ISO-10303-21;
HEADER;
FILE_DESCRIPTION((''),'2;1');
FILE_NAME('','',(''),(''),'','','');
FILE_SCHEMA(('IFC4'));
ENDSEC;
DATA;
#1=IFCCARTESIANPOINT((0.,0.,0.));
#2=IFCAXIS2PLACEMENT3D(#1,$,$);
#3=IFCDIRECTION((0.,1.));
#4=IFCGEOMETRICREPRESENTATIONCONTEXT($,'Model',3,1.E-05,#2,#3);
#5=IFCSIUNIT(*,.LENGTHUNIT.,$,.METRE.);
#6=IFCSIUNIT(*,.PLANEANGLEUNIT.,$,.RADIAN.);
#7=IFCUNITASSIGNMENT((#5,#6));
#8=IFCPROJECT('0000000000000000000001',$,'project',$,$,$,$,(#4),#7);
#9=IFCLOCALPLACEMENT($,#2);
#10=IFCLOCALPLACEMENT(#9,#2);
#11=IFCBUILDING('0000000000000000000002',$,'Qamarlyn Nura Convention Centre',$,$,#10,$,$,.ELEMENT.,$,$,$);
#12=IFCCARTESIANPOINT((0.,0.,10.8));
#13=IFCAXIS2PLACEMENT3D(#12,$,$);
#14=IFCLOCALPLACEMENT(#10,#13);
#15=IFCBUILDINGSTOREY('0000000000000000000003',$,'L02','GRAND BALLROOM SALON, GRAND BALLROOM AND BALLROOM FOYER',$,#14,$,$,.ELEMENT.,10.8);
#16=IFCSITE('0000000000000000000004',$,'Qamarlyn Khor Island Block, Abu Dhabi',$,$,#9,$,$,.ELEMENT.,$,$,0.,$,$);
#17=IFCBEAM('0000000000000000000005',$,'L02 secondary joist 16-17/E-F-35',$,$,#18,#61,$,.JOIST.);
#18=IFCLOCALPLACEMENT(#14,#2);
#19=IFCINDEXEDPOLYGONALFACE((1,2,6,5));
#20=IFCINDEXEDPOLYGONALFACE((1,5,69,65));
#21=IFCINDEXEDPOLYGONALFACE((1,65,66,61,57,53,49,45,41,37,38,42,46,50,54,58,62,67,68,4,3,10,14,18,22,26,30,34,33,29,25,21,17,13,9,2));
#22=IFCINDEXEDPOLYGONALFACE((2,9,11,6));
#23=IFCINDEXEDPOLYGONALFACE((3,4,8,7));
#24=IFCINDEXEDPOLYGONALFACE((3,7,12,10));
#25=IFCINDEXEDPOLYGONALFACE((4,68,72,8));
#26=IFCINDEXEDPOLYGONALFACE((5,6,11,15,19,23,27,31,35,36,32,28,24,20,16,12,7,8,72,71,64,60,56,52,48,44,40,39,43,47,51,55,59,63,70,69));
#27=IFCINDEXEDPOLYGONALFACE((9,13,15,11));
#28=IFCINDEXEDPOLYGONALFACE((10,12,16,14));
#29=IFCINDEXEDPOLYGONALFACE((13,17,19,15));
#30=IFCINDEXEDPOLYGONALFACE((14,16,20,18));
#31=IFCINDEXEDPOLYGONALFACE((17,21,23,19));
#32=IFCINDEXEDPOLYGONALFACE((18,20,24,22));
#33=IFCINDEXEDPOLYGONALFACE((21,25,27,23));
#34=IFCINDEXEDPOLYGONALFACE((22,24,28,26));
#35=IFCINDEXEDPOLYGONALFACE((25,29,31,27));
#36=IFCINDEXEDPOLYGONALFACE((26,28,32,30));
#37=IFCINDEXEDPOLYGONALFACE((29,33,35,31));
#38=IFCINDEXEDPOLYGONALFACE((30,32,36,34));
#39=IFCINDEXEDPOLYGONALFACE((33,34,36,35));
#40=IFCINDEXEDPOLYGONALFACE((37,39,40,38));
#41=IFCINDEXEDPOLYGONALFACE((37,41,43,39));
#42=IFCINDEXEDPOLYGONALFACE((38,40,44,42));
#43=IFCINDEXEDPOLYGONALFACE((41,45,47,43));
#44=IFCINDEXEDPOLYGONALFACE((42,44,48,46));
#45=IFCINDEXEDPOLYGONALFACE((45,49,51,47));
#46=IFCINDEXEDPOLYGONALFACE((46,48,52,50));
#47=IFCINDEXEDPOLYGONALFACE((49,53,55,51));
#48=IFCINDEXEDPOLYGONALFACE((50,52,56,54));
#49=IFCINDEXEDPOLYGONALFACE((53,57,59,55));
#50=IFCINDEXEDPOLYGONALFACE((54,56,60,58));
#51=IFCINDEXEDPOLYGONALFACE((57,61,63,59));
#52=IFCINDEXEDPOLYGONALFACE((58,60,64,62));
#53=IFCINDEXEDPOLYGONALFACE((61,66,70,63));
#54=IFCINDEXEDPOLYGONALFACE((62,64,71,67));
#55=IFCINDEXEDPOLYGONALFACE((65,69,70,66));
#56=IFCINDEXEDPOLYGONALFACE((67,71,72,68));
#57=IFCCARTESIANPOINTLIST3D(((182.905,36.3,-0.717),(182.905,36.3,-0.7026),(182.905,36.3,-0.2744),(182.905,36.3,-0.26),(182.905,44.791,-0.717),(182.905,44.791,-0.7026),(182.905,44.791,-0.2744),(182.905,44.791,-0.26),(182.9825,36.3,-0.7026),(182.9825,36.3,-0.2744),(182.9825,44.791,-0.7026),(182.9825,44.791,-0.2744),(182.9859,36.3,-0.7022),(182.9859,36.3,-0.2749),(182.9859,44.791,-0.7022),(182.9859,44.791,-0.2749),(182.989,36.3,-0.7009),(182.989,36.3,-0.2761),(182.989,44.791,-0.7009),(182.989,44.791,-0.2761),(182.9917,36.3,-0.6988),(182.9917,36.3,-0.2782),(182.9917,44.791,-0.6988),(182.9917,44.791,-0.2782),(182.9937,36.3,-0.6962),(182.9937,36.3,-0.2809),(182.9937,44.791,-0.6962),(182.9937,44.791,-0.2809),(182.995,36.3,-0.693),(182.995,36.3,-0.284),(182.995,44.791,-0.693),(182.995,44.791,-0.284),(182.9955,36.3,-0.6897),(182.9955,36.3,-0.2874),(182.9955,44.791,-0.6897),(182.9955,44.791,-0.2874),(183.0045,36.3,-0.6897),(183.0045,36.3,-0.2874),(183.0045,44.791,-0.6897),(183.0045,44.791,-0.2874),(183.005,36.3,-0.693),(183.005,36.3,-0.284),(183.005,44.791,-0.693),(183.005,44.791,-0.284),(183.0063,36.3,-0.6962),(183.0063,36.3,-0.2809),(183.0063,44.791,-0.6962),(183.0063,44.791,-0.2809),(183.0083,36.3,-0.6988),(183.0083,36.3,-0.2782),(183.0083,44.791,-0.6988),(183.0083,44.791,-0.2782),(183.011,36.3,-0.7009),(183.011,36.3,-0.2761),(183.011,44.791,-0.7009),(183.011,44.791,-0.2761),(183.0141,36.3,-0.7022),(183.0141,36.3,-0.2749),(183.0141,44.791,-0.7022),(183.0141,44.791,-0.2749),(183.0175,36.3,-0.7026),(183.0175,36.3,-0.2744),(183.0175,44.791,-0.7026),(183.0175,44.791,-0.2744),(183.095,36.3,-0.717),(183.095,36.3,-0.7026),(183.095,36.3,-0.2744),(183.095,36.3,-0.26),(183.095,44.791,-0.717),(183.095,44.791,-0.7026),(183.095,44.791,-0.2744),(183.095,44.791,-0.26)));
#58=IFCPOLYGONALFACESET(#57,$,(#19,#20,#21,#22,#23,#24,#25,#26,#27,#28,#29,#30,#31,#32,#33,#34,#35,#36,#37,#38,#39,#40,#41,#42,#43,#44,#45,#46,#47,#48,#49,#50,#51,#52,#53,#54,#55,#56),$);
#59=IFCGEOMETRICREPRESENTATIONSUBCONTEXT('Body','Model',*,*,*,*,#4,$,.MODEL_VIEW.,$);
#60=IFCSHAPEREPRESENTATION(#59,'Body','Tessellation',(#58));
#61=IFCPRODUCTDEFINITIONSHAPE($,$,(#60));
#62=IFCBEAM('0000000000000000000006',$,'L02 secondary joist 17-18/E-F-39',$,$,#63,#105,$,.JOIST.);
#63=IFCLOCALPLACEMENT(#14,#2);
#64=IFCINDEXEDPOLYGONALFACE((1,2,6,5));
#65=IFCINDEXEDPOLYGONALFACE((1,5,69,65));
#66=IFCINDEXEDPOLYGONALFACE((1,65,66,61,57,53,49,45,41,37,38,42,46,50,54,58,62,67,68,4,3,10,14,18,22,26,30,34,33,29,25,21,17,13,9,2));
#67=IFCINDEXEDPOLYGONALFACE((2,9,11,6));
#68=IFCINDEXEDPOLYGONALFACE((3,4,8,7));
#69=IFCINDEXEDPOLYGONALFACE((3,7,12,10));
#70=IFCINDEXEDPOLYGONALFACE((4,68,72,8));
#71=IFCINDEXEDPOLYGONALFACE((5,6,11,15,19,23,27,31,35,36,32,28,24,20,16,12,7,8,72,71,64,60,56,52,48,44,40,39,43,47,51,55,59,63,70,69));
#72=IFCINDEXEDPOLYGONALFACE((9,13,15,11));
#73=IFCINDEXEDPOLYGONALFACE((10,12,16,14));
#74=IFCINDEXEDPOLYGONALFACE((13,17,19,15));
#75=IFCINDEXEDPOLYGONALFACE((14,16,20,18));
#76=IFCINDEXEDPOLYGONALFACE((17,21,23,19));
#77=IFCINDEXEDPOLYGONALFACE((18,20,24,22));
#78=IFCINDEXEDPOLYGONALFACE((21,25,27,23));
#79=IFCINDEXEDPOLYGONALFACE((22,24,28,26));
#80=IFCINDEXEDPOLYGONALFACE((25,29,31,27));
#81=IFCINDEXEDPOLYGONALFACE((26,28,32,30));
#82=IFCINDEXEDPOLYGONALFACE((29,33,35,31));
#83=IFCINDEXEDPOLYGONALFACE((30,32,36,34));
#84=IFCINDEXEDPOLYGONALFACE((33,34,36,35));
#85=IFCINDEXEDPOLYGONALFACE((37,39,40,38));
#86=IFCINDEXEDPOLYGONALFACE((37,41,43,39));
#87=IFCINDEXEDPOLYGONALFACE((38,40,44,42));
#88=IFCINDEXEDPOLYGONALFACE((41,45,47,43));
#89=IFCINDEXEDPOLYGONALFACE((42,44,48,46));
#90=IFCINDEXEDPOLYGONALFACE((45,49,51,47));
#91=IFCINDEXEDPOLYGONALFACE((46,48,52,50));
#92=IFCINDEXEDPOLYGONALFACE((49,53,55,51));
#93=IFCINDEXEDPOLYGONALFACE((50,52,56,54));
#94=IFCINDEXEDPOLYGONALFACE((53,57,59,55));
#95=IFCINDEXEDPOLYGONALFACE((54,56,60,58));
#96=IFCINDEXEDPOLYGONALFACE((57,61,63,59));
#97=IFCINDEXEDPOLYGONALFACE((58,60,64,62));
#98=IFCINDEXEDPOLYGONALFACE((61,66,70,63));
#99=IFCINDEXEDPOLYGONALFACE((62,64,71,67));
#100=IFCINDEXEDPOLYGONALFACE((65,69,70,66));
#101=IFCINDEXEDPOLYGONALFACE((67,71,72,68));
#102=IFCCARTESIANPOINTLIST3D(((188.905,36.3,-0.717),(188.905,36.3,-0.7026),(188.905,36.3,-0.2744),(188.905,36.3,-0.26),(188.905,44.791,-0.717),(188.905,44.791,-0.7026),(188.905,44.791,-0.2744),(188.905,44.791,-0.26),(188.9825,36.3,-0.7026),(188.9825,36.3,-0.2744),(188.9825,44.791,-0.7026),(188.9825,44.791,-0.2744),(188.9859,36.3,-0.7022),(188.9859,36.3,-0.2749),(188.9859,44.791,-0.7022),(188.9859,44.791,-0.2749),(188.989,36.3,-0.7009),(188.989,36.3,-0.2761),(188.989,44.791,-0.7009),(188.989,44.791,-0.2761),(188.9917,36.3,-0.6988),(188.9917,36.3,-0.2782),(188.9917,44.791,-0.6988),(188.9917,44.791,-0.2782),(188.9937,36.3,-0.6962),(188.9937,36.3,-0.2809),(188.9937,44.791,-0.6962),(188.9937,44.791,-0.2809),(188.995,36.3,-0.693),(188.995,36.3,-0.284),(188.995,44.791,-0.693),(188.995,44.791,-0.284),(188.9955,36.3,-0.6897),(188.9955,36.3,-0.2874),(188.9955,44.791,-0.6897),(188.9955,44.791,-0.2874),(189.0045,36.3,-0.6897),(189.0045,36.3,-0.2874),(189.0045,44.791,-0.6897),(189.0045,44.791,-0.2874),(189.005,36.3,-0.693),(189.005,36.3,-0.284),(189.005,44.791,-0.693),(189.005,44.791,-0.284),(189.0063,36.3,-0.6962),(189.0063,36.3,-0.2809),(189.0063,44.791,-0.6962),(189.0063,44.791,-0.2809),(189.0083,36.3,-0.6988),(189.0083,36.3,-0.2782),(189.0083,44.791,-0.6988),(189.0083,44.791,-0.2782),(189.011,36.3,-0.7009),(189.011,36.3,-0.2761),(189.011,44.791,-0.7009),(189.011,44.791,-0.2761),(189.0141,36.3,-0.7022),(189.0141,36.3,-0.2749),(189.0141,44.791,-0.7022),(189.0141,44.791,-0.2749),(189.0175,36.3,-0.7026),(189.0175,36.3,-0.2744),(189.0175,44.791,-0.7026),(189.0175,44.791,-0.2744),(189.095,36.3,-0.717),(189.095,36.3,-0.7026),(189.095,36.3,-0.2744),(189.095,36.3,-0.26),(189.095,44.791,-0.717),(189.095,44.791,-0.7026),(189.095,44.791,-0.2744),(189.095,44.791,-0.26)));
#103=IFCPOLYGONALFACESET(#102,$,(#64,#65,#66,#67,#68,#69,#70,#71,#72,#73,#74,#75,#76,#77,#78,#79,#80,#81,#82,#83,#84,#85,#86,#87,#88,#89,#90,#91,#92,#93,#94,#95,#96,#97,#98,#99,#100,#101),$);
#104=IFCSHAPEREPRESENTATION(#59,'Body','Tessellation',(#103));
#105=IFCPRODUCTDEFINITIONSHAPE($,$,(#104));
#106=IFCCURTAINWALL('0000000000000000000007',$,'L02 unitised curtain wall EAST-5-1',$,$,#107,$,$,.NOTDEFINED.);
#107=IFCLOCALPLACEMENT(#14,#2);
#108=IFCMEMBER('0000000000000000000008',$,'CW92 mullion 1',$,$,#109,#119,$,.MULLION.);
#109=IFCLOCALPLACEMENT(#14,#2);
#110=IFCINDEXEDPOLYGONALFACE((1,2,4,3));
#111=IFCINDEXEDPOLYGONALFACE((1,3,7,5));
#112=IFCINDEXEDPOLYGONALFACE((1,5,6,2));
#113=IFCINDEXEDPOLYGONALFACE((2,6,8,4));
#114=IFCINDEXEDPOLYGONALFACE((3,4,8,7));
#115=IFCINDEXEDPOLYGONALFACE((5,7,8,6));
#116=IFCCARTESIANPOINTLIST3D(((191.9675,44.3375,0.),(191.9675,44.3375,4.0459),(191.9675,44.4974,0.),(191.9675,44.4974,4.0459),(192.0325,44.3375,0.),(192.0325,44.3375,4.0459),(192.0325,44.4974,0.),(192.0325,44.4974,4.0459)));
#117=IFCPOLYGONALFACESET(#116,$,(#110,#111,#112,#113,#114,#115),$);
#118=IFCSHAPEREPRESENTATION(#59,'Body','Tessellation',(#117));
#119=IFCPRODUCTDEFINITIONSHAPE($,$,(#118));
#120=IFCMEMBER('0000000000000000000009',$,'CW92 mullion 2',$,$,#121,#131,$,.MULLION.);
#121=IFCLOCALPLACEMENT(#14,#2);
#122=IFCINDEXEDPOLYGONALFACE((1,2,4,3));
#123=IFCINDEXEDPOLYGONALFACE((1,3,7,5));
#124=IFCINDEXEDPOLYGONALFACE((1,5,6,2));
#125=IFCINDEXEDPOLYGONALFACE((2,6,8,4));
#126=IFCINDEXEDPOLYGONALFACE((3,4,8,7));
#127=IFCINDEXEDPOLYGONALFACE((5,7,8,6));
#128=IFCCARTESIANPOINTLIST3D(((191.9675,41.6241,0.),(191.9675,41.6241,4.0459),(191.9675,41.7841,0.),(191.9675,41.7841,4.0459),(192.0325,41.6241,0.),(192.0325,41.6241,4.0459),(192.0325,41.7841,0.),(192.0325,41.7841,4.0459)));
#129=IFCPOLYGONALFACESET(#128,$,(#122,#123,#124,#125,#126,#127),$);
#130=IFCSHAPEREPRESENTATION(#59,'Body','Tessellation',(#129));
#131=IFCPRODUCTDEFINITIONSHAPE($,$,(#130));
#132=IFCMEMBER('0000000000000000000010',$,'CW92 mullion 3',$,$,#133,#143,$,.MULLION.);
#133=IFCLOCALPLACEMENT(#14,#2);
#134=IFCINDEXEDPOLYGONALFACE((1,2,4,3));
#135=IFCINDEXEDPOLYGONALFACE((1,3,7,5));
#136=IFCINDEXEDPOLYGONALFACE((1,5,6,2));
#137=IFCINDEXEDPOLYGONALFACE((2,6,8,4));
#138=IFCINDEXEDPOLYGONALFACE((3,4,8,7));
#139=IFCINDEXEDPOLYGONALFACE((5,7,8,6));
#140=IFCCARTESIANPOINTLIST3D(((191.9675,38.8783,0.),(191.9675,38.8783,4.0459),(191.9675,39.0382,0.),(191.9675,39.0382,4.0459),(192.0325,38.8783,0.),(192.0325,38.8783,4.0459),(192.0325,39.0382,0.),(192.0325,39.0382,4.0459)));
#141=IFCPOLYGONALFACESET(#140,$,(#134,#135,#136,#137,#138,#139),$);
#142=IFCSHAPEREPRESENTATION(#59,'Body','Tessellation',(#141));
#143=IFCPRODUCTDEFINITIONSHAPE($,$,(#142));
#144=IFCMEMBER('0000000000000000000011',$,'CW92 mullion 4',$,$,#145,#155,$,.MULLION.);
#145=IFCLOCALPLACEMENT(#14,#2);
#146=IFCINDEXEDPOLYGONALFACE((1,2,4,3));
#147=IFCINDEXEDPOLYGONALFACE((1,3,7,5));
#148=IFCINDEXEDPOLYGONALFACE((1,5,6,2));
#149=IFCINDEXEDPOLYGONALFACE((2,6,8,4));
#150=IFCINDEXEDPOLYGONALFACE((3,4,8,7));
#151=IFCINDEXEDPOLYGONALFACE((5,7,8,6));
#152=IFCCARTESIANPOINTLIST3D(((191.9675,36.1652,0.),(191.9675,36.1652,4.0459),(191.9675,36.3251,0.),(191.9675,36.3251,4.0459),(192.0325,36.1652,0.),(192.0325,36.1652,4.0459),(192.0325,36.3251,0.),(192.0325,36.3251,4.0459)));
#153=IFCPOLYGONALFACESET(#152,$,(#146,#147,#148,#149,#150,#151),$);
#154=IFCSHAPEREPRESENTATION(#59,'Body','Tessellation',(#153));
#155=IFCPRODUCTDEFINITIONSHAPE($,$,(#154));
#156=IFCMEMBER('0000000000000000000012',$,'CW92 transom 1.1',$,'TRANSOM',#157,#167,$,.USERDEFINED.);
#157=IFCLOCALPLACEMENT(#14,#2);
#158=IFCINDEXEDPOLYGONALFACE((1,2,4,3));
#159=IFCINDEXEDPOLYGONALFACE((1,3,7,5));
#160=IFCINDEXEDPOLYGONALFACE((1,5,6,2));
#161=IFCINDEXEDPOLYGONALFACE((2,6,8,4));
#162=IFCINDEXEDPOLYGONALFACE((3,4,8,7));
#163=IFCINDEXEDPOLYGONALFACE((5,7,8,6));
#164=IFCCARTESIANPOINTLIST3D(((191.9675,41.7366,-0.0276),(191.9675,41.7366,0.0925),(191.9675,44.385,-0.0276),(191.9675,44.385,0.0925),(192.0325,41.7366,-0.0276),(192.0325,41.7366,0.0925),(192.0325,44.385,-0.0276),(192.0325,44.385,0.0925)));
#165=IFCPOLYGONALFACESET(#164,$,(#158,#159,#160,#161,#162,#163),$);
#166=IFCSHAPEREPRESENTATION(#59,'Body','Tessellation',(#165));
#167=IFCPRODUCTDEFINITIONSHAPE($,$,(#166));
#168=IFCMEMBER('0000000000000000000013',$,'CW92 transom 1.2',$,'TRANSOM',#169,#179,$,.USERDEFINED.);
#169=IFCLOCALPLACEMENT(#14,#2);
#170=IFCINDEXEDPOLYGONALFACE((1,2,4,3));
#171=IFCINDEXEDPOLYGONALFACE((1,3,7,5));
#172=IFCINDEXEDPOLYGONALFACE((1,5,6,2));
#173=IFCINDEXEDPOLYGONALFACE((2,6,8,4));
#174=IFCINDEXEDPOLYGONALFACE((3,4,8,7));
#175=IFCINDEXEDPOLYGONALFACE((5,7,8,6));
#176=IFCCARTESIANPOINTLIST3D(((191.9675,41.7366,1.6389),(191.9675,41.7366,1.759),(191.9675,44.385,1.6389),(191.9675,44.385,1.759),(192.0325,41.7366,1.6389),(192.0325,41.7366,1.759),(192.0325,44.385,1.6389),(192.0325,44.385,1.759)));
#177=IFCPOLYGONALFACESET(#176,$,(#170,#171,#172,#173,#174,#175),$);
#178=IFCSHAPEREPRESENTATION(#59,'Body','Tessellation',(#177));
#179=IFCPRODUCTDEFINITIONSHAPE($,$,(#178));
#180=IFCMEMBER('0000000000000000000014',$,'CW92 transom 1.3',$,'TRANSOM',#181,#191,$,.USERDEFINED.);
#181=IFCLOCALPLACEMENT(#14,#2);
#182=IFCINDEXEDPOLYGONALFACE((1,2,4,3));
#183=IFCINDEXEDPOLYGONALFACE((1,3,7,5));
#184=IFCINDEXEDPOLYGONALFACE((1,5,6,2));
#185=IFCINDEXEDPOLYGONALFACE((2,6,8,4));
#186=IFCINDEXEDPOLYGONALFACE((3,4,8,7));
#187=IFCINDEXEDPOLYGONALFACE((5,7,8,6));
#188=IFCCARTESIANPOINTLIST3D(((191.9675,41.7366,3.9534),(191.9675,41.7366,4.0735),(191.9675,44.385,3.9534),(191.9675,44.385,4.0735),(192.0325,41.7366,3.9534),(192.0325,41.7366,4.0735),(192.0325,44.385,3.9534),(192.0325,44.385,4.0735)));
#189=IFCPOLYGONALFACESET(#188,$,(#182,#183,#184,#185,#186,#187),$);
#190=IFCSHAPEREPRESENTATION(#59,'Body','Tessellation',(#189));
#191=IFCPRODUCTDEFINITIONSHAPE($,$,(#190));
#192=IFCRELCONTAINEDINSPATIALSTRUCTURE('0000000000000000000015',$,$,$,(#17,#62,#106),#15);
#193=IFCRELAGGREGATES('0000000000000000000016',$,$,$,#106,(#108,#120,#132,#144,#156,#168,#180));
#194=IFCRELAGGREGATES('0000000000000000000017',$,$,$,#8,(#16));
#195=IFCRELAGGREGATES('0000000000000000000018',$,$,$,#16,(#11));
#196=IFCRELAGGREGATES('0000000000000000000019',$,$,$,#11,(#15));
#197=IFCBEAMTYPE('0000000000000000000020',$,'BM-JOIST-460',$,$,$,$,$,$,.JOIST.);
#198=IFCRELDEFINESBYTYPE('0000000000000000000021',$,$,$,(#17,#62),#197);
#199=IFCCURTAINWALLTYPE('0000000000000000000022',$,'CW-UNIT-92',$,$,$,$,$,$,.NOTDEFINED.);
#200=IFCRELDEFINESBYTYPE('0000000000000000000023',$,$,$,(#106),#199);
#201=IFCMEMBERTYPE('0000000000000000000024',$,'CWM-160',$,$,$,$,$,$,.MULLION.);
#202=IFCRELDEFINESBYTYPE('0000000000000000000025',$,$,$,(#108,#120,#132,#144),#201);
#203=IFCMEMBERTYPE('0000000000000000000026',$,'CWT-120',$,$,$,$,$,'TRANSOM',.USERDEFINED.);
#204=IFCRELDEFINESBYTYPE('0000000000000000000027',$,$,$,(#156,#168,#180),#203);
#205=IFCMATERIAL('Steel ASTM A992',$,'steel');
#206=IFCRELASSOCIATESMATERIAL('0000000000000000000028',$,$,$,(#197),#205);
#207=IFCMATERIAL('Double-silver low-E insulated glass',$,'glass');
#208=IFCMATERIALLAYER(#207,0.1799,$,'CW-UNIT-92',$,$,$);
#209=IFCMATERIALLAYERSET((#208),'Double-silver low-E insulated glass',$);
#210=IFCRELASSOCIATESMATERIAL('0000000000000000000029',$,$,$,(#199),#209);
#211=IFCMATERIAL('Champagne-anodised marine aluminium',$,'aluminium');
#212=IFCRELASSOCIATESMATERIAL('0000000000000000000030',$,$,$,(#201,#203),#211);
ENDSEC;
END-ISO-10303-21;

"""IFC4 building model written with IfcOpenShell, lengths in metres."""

from ifc_helpers import new_model, si_unit, direction, frame, origin, origin_2d, place, context, subcontext, project, spatial, rectangle, i_section, extrude, material, layer, layer_set, material_profile, profile_set, type_object, element, aggregate, save


model = new_model("IFC4")

# Units and contexts
model_context = context("Model", 3, precision=1e-05, world=origin(), true_north=direction((0.0, 1.0)))
body_context = subcontext(model_context, "Body", "Model", "MODEL_VIEW")
ifc_project = project(units=[si_unit("LENGTHUNIT", "METRE"), si_unit("PLANEANGLEUNIT", "RADIAN")], contexts=[model_context])

# Site, building, storey
site_placement = place(None, origin())
site = spatial("IfcSite", under=ifc_project, at=site_placement, Name="Qamarlyn Khor Island Block, Abu Dhabi", CompositionType="ELEMENT", RefElevation=0.0)
building_placement = place(site_placement, origin())
building = spatial("IfcBuilding", under=site, at=building_placement, Name="Qamarlyn Nura Convention Centre", CompositionType="ELEMENT")
storey_placement = place(building_placement, frame((0.0, 0.0, 10.8)))
storey = spatial("IfcBuildingStorey", under=building, at=storey_placement, Name="L02", Description="GRAND BALLROOM SALON, GRAND BALLROOM AND BALLROOM FOYER", CompositionType="ELEMENT", Elevation=10.8)

# Beams
ifc_material_1 = material(Name="Steel ASTM A992", Category="steel")
ifc_material_profile_1 = material_profile(ifc_material_1, i_section(OverallWidth=0.1899, OverallDepth=0.457, WebThickness=0.009, FlangeThickness=0.0144, FilletRadius=0.0129, at=origin_2d()), Name="W460X74")
ifc_profile_set_1 = profile_set([ifc_material_profile_1], Name="Steel ASTM A992")
beam_type = type_object("IfcBeamType", Name="BM-JOIST-460", PredefinedType="JOIST", material=ifc_profile_set_1)
for number, where, z_axis, x_axis, name in (
    (1, (183.0, 36.3, -0.4885), (0.0, 1.0, 0.0), (-1.0, 0.0, 0.0), "L02 secondary joist 16-17/E-F-35"),
    (2, (189.0, 36.3, -0.4885), (0.0, 1.0, 0.0), (-1.0, 0.0, 0.0), "L02 secondary joist 17-18/E-F-39"),
):
    element("IfcBeam", number, at=place(storey_placement, frame(where, z_axis=z_axis, x_axis=x_axis)), inside=storey, type_object=beam_type, Name=name, PredefinedType="JOIST", context=body_context, shape_type="SweptSolid", body=[
        extrude(i_section(OverallWidth=0.1899, OverallDepth=0.457, WebThickness=0.009, FlangeThickness=0.0144, FilletRadius=0.0129, at=origin_2d()), origin(), (0.0, 0.0, 1.0), 8.491),
    ])

# Curtain wall, members
ifc_material_2 = material(Name="Double-silver low-E insulated glass", Category="glass")
ifc_layer_1 = layer(ifc_material_2, 0.1799, Name="CW-UNIT-92")
ifc_layer_set_1 = layer_set([ifc_layer_1], Name="Double-silver low-E insulated glass")
curtain_wall_type = type_object("IfcCurtainWallType", Name="CW-UNIT-92", PredefinedType="NOTDEFINED", material=ifc_layer_set_1)
curtain_wall_placement = place(storey_placement, origin())
curtain_wall = element("IfcCurtainWall", 3, at=curtain_wall_placement, inside=storey, type_object=curtain_wall_type, Name="L02 unitised curtain wall EAST-5-1", PredefinedType="NOTDEFINED")
ifc_material_3 = material(Name="Champagne-anodised marine aluminium", Category="aluminium")
ifc_material_profile_2 = material_profile(ifc_material_3, rectangle(XDim=0.0649, YDim=0.1599, at=origin_2d()), Name="ALU MULLION 65x160")
ifc_profile_set_2 = profile_set([ifc_material_profile_2], Name="Champagne-anodised marine aluminium")
member_type_1 = type_object("IfcMemberType", Name="CWM-160", PredefinedType="MULLION", material=ifc_profile_set_2)
member_1_placement = place(storey_placement, frame((192.0, 44.4175, 0.0), z_axis=(0.0, 0.0, 1.0), x_axis=(1.0, 0.0, 0.0)))
member_1 = element("IfcMember", 4, at=member_1_placement, type_object=member_type_1, Name="CW92 mullion 1", PredefinedType="MULLION", context=body_context, shape_type="SweptSolid", body=[
    extrude(rectangle(XDim=0.0649, YDim=0.1599, at=origin_2d()), origin(), (0.0, 0.0, 1.0), 4.0459),
])
member_2_placement = place(storey_placement, frame((192.0, 41.7041, 0.0), z_axis=(0.0, 0.0, 1.0), x_axis=(1.0, 0.0, 0.0)))
member_2 = element("IfcMember", 5, at=member_2_placement, type_object=member_type_1, Name="CW92 mullion 2", PredefinedType="MULLION", context=body_context, shape_type="SweptSolid", body=[
    extrude(rectangle(XDim=0.0649, YDim=0.1599, at=origin_2d()), origin(), (0.0, 0.0, 1.0), 4.0459),
])
member_3_placement = place(storey_placement, frame((192.0, 38.9583, 0.0), z_axis=(0.0, 0.0, 1.0), x_axis=(1.0, 0.0, 0.0)))
member_3 = element("IfcMember", 6, at=member_3_placement, type_object=member_type_1, Name="CW92 mullion 3", PredefinedType="MULLION", context=body_context, shape_type="SweptSolid", body=[
    extrude(rectangle(XDim=0.0649, YDim=0.1599, at=origin_2d()), origin(), (0.0, 0.0, 1.0), 4.0459),
])
member_4_placement = place(storey_placement, frame((192.0, 36.2451, 0.0), z_axis=(0.0, 0.0, 1.0), x_axis=(1.0, 0.0, 0.0)))
member_4 = element("IfcMember", 7, at=member_4_placement, type_object=member_type_1, Name="CW92 mullion 4", PredefinedType="MULLION", context=body_context, shape_type="SweptSolid", body=[
    extrude(rectangle(XDim=0.0649, YDim=0.1599, at=origin_2d()), origin(), (0.0, 0.0, 1.0), 4.0459),
])
ifc_material_profile_3 = material_profile(ifc_material_3, rectangle(XDim=0.0649, YDim=0.1201, at=origin_2d()), Name="ALU TRANSOM 65x120")
ifc_profile_set_3 = profile_set([ifc_material_profile_3], Name="Champagne-anodised marine aluminium")
member_type_2 = type_object("IfcMemberType", Name="CWT-120", ElementType="TRANSOM", PredefinedType="USERDEFINED", material=ifc_profile_set_3)
member_5_placement = place(storey_placement, frame((192.0, 44.385, 0.0325), z_axis=(0.0, -1.0, 0.0), x_axis=(1.0, 0.0, 0.0)))
member_5 = element("IfcMember", 8, at=member_5_placement, type_object=member_type_2, Name="CW92 transom 1.1", ObjectType="TRANSOM", PredefinedType="USERDEFINED", context=body_context, shape_type="SweptSolid", body=[
    extrude(rectangle(XDim=0.0649, YDim=0.1201, at=origin_2d()), origin(), (0.0, 0.0, 1.0), 2.6484),
])
member_6_placement = place(storey_placement, frame((192.0, 44.385, 1.699), z_axis=(0.0, -1.0, 0.0), x_axis=(1.0, 0.0, 0.0)))
member_6 = element("IfcMember", 9, at=member_6_placement, type_object=member_type_2, Name="CW92 transom 1.2", ObjectType="TRANSOM", PredefinedType="USERDEFINED", context=body_context, shape_type="SweptSolid", body=[
    extrude(rectangle(XDim=0.0649, YDim=0.1201, at=origin_2d()), origin(), (0.0, 0.0, 1.0), 2.6484),
])
member_7_placement = place(storey_placement, frame((192.0, 44.385, 4.0134), z_axis=(0.0, -1.0, 0.0), x_axis=(1.0, 0.0, 0.0)))
member_7 = element("IfcMember", 10, at=member_7_placement, type_object=member_type_2, Name="CW92 transom 1.3", ObjectType="TRANSOM", PredefinedType="USERDEFINED", context=body_context, shape_type="SweptSolid", body=[
    extrude(rectangle(XDim=0.0649, YDim=0.1201, at=origin_2d()), origin(), (0.0, 0.0, 1.0), 2.6484),
])
aggregate(curtain_wall, [member_1, member_2, member_3, member_4, member_5, member_6, member_7])

save(model, "model.ifc")
